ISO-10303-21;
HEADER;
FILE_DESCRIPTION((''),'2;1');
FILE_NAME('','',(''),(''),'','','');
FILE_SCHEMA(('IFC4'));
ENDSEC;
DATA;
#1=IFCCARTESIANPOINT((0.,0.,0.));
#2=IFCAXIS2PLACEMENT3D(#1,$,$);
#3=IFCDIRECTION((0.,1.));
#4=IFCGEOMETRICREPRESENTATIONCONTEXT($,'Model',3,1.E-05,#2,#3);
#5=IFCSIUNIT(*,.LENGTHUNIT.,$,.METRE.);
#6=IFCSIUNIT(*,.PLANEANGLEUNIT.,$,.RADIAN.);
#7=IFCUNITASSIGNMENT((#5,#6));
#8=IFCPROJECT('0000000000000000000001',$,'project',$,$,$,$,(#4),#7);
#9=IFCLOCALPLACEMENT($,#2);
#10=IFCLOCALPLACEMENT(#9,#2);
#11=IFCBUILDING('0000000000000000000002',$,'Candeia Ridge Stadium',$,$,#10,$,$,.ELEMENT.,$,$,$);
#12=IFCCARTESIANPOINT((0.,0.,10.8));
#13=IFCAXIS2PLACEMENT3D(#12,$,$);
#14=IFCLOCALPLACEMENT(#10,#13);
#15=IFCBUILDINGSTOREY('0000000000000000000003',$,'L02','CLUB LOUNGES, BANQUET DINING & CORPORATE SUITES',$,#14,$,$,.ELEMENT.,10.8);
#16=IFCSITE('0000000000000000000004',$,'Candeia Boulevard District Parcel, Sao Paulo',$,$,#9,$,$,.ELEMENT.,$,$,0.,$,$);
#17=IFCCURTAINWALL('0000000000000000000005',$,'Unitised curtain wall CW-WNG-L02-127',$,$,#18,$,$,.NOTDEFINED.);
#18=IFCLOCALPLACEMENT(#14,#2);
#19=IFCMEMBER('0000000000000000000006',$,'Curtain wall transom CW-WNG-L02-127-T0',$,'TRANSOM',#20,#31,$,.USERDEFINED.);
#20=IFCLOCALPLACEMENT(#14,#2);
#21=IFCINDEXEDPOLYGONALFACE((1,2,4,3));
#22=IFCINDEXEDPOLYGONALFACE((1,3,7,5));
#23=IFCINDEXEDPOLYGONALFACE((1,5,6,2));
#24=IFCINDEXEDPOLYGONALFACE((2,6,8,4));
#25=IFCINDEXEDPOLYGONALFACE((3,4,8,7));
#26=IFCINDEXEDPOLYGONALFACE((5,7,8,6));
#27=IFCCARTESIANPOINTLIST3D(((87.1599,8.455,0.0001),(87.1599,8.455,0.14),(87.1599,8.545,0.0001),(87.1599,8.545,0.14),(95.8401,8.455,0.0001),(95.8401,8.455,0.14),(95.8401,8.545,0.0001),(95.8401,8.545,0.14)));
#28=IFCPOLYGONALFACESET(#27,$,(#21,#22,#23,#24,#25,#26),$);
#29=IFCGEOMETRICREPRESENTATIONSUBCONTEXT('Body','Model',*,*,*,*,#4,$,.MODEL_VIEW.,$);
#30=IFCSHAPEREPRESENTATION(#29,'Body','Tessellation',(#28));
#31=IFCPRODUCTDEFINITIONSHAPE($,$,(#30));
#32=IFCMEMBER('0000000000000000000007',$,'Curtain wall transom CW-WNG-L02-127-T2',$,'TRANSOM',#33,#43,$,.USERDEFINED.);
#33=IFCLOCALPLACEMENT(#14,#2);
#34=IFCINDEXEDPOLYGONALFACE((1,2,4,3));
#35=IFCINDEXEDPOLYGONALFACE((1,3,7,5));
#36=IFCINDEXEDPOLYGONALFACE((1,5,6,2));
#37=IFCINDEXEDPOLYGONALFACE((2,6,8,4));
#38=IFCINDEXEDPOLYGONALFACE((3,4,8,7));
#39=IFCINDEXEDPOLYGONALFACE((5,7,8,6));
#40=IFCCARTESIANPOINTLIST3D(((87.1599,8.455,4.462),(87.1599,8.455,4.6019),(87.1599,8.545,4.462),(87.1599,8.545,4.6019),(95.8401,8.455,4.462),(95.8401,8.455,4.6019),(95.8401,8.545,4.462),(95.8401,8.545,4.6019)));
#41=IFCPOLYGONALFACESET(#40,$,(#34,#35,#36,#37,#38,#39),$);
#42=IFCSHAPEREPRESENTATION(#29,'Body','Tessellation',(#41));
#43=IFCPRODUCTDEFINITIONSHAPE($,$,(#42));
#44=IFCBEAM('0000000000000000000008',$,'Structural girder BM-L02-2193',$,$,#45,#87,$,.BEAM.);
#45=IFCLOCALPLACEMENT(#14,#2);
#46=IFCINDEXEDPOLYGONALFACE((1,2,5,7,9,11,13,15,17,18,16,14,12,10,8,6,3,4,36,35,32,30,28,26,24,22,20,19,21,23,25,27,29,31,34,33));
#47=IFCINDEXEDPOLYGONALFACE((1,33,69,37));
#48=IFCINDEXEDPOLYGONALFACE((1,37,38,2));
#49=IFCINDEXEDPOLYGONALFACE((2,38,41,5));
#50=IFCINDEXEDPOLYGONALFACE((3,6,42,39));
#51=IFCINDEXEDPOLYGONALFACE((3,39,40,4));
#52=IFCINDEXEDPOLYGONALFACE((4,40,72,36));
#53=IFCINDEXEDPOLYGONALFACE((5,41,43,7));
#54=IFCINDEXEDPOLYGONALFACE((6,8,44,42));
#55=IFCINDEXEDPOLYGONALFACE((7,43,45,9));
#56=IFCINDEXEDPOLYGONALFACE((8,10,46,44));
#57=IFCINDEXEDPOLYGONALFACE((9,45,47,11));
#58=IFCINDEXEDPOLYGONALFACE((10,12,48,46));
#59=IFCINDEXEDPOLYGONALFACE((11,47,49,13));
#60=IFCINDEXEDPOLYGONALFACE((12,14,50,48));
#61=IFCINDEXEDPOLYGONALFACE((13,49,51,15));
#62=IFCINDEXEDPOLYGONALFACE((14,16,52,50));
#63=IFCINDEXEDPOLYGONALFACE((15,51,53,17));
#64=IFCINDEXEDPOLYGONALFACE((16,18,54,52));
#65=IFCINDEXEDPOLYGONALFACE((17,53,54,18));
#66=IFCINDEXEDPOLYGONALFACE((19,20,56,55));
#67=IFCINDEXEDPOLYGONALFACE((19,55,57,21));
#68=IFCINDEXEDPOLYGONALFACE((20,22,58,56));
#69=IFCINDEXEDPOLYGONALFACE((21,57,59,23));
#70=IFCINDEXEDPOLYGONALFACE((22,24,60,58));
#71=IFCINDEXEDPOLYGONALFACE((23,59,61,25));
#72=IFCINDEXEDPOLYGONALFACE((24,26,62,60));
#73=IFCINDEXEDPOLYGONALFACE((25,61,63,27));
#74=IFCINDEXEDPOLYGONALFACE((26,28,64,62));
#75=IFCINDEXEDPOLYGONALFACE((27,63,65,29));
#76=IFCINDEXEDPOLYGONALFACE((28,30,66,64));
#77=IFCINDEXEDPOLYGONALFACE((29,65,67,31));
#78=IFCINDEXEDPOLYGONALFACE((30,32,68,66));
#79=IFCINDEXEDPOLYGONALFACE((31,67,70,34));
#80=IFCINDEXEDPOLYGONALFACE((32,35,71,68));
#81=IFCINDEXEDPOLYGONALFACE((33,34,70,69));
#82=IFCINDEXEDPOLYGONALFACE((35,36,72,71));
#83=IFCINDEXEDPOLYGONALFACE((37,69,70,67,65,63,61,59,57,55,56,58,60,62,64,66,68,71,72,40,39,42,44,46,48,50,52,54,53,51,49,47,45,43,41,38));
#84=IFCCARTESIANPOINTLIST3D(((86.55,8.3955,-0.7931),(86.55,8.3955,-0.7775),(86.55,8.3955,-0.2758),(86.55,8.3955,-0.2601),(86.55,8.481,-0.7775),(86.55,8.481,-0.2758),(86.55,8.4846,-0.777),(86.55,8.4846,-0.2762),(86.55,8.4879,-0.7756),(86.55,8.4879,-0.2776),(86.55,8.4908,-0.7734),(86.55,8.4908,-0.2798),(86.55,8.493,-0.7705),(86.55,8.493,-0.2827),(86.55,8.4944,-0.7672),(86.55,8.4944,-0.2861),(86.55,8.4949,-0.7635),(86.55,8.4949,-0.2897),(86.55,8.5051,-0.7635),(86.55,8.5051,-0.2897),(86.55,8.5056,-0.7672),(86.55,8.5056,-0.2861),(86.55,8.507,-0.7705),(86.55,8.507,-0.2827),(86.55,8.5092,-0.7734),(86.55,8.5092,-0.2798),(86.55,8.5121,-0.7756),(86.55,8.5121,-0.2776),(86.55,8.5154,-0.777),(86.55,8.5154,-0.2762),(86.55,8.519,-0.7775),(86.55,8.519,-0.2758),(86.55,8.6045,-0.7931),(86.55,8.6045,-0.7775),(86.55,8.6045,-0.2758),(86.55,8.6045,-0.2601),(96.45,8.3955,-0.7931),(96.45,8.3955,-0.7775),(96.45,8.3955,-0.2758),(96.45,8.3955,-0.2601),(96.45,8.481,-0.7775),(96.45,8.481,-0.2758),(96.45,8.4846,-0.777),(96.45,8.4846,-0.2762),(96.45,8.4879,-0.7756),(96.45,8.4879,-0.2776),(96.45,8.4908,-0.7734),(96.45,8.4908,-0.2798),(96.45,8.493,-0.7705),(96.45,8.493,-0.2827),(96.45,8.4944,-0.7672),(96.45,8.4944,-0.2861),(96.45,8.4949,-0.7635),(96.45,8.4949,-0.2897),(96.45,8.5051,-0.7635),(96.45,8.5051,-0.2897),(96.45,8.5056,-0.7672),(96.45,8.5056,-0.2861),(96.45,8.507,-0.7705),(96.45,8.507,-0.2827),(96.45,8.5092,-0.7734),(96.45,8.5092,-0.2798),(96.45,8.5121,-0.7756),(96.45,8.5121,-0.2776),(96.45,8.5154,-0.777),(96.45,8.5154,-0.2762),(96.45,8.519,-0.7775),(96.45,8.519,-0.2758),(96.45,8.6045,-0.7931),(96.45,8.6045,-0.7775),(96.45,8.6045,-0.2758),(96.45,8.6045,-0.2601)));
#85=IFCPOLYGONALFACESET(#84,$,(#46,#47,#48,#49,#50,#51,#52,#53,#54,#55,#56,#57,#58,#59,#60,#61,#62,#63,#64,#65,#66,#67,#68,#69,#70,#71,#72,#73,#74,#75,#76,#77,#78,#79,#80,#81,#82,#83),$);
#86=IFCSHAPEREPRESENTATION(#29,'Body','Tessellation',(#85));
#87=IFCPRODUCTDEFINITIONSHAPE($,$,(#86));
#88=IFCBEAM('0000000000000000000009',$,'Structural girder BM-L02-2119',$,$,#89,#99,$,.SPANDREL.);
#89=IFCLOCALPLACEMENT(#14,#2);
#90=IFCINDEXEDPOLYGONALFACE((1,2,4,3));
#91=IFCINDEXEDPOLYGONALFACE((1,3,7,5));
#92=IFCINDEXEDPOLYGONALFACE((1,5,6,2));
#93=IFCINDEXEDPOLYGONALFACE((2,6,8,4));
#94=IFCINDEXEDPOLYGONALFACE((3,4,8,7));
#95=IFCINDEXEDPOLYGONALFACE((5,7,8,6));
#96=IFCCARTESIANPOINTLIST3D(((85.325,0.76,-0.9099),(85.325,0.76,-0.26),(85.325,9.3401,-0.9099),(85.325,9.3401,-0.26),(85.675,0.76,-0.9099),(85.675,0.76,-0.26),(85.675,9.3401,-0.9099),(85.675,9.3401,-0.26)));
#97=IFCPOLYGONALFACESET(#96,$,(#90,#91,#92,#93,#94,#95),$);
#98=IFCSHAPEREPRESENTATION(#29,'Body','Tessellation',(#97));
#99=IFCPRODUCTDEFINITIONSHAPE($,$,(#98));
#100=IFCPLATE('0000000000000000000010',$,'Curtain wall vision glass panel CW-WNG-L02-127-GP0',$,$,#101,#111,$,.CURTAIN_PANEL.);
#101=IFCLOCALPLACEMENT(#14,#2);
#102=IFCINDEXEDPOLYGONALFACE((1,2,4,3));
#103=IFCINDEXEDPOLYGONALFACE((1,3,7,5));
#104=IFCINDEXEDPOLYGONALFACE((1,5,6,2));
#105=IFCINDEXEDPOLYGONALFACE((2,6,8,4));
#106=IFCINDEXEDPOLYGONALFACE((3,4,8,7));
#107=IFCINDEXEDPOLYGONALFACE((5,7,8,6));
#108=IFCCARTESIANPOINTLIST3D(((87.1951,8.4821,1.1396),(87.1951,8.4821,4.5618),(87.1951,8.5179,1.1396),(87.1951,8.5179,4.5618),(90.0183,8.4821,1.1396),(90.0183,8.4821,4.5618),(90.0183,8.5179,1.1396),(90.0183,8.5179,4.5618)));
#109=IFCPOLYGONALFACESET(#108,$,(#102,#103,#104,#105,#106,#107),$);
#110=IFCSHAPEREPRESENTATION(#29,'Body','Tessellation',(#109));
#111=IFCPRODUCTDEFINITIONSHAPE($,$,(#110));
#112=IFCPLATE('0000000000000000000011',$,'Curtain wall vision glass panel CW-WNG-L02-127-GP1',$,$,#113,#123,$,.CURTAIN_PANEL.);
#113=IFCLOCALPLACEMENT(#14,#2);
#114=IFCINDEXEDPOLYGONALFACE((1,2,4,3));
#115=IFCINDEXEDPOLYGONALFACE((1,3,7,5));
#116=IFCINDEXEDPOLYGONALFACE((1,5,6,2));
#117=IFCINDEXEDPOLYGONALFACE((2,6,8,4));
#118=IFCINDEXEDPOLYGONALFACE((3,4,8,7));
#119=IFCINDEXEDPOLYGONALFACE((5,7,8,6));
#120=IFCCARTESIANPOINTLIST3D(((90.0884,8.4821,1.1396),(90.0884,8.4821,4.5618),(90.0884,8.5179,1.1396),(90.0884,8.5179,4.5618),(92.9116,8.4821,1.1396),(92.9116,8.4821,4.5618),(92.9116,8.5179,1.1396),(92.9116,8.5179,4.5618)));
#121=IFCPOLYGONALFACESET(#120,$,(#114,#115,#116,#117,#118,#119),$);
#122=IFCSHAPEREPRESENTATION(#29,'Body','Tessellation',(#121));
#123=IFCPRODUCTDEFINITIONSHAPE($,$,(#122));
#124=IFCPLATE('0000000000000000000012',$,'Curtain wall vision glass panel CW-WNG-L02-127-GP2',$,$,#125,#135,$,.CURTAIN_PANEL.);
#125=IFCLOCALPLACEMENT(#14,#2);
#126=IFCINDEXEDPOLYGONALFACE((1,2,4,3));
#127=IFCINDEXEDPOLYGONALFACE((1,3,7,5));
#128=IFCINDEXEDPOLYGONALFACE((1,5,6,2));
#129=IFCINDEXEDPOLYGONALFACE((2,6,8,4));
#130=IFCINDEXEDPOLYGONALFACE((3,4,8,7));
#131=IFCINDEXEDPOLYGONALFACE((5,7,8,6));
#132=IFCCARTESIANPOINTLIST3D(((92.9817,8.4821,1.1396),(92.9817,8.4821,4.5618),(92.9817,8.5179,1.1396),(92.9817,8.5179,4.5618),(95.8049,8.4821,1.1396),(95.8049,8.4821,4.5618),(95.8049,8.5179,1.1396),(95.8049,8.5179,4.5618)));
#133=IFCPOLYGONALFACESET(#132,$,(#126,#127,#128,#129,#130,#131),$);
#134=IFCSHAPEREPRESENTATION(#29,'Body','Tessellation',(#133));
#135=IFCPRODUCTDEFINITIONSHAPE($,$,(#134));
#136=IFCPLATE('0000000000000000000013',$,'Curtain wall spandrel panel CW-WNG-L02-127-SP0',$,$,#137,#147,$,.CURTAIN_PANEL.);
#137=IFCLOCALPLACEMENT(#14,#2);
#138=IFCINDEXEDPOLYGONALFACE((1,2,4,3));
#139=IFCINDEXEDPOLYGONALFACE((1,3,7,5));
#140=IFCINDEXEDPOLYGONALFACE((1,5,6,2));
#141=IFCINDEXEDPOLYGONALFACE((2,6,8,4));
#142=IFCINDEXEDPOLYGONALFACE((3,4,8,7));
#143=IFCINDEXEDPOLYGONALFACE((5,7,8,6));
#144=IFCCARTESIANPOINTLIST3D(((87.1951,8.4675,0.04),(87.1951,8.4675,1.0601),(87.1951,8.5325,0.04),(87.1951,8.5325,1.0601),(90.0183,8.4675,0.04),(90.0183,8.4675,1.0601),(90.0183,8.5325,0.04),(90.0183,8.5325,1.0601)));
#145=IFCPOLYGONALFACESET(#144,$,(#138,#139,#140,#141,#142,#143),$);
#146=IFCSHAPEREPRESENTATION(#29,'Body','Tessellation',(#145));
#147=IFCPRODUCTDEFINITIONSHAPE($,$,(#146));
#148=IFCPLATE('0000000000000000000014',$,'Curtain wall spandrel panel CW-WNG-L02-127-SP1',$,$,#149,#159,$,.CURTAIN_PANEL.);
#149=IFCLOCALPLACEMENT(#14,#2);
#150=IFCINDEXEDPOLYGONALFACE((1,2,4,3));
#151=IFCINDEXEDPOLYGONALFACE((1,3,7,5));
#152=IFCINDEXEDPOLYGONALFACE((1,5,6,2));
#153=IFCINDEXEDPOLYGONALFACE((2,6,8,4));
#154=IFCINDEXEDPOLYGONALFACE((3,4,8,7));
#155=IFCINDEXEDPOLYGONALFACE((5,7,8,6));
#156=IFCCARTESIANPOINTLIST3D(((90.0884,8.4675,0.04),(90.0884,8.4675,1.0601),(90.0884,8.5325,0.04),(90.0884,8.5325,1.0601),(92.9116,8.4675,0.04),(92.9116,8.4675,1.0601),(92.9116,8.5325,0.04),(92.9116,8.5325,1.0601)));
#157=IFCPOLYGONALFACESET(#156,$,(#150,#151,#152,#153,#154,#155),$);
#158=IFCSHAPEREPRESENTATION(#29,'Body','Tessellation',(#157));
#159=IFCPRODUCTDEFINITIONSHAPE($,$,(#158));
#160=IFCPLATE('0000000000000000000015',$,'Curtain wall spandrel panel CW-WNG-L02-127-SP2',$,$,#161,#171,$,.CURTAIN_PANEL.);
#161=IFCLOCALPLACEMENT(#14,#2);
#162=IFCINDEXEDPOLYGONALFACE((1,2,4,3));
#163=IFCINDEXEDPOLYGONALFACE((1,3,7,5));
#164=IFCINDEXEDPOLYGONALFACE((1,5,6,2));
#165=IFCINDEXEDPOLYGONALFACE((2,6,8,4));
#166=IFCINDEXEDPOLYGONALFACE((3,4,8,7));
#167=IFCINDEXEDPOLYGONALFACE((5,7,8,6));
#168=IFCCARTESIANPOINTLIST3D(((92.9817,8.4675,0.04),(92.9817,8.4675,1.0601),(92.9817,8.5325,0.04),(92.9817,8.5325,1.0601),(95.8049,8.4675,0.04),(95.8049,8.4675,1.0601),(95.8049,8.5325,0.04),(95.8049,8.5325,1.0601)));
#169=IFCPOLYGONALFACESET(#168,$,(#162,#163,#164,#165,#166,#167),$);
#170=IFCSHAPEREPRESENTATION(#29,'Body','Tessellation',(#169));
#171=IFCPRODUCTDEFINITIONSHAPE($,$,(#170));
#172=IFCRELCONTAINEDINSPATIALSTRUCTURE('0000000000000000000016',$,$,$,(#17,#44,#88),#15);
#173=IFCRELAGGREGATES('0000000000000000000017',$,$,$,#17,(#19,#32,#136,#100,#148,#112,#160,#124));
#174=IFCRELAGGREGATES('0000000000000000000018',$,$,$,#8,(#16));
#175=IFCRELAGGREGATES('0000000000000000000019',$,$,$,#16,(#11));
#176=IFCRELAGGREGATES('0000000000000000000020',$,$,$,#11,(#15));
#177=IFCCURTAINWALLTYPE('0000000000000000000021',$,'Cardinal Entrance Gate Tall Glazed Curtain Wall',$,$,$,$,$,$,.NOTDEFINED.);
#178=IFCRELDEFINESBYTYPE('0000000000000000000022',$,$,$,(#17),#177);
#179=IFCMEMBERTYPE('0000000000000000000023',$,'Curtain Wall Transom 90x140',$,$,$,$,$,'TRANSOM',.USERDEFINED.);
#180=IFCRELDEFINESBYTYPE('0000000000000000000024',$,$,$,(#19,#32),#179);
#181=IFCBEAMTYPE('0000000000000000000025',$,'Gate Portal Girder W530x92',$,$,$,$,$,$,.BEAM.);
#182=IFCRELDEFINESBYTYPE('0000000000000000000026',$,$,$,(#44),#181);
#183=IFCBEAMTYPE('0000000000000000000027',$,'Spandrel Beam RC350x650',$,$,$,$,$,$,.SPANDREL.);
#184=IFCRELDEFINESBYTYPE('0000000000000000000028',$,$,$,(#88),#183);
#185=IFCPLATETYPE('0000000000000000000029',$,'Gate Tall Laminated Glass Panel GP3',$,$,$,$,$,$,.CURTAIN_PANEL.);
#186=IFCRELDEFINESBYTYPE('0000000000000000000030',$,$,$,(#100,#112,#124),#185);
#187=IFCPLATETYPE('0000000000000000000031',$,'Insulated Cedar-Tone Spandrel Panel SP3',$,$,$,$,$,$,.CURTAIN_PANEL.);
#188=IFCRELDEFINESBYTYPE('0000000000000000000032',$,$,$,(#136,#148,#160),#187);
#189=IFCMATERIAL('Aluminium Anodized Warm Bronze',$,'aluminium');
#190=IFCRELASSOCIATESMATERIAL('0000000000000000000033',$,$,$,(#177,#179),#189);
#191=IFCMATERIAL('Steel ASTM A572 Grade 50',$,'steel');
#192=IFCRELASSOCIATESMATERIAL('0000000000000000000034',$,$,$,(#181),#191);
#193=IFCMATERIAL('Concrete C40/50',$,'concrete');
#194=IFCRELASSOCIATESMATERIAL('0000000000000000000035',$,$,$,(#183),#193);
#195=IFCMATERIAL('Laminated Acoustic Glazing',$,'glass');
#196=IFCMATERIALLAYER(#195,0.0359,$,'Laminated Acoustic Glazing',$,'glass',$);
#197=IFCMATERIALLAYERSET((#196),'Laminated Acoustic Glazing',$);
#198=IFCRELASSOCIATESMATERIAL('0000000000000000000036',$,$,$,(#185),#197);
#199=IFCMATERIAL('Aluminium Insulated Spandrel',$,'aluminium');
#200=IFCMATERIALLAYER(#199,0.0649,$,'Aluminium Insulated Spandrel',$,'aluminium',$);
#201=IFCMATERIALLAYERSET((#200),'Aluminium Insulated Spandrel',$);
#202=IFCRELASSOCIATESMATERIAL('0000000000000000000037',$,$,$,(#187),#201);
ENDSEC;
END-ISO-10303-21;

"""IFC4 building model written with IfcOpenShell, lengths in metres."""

from ifc_helpers import new_model, si_unit, direction, frame, origin, origin_2d, place, context, subcontext, project, spatial, rectangle, i_section, extrude, material, layer, layer_set, material_profile, profile_set, type_object, element, aggregate, save


model = new_model("IFC4")

# Units and contexts
model_context = context("Model", 3, precision=1e-05, world=origin(), true_north=direction((0.0, 1.0)))
body_context = subcontext(model_context, "Body", "Model", "MODEL_VIEW")
ifc_project = project(units=[si_unit("LENGTHUNIT", "METRE"), si_unit("PLANEANGLEUNIT", "RADIAN")], contexts=[model_context])

# Site, building, storey
site_placement = place(None, origin())
site = spatial("IfcSite", under=ifc_project, at=site_placement, Name="Candeia Boulevard District Parcel, Sao Paulo", CompositionType="ELEMENT", RefElevation=0.0)
building_placement = place(site_placement, origin())
building = spatial("IfcBuilding", under=site, at=building_placement, Name="Candeia Ridge Stadium", CompositionType="ELEMENT")
storey_placement = place(building_placement, frame((0.0, 0.0, 10.8)))
storey = spatial("IfcBuildingStorey", under=building, at=storey_placement, Name="L02", Description="CLUB LOUNGES, BANQUET DINING & CORPORATE SUITES", CompositionType="ELEMENT", Elevation=10.8)

# Shared definitions
ifc_material_1 = material(Name="Steel ASTM A572 Grade 50", Category="steel")
ifc_material_2 = material(Name="Concrete C40/50", Category="concrete")

# Curtain wall, members
ifc_material_3 = material(Name="Aluminium Anodized Warm Bronze", Category="aluminium")
curtain_wall_type = type_object("IfcCurtainWallType", Name="Cardinal Entrance Gate Tall Glazed Curtain Wall", PredefinedType="NOTDEFINED", material=ifc_material_3)
curtain_wall_placement = place(storey_placement, origin())
curtain_wall = element("IfcCurtainWall", 1, at=curtain_wall_placement, inside=storey, type_object=curtain_wall_type, Name="Unitised curtain wall CW-WNG-L02-127", PredefinedType="NOTDEFINED")
ifc_material_profile_1 = material_profile(ifc_material_3, rectangle(XDim=0.0901, YDim=0.1399, at=origin_2d()), Name="CWT-90x140", Category="aluminium")
ifc_profile_set_1 = profile_set([ifc_material_profile_1], Name="Aluminium Anodized Warm Bronze")
member_type_1 = type_object("IfcMemberType", Name="Curtain Wall Transom 90x140", ElementType="TRANSOM", PredefinedType="USERDEFINED", material=ifc_profile_set_1)
member_1_placement = place(storey_placement, frame((87.1599, 8.5, 0.0701), z_axis=(1.0, 0.0, 0.0), x_axis=(0.0, 1.0, 0.0)))
member_1 = element("IfcMember", 2, at=member_1_placement, type_object=member_type_1, Name="Curtain wall transom CW-WNG-L02-127-T0", ObjectType="TRANSOM", PredefinedType="USERDEFINED", context=body_context, shape_type="SweptSolid", body=[
    extrude(rectangle(XDim=0.0901, YDim=0.1399, at=origin_2d()), origin(), (0.0, 0.0, 1.0), 8.6802),
])
member_2_placement = place(storey_placement, frame((87.1599, 8.5, 4.532), z_axis=(1.0, 0.0, 0.0), x_axis=(0.0, 1.0, 0.0)))
member_2 = element("IfcMember", 3, at=member_2_placement, type_object=member_type_1, Name="Curtain wall transom CW-WNG-L02-127-T2", ObjectType="TRANSOM", PredefinedType="USERDEFINED", context=body_context, shape_type="SweptSolid", body=[
    extrude(rectangle(XDim=0.0901, YDim=0.1399, at=origin_2d()), origin(), (0.0, 0.0, 1.0), 8.6802),
])

# Beams
ifc_material_profile_2 = material_profile(ifc_material_1, i_section(OverallWidth=0.209, OverallDepth=0.533, WebThickness=0.0103, FlangeThickness=0.0156, FilletRadius=0.0139, at=origin_2d()), Name="W530x92", Category="steel")
ifc_profile_set_2 = profile_set([ifc_material_profile_2], Name="Steel ASTM A572 Grade 50")
beam_type_1 = type_object("IfcBeamType", Name="Gate Portal Girder W530x92", PredefinedType="BEAM", material=ifc_profile_set_2)
beam_1_placement = place(storey_placement, frame((86.55, 8.5, -0.5266), z_axis=(1.0, 0.0, 0.0), x_axis=(0.0, 1.0, 0.0)))
element("IfcBeam", 4, at=beam_1_placement, inside=storey, type_object=beam_type_1, Name="Structural girder BM-L02-2193", PredefinedType="BEAM", context=body_context, shape_type="SweptSolid", body=[
    extrude(i_section(OverallWidth=0.209, OverallDepth=0.533, WebThickness=0.0103, FlangeThickness=0.0156, FilletRadius=0.0139, at=origin_2d()), origin(), (0.0, 0.0, 1.0), 9.8999),
])
ifc_material_profile_3 = material_profile(ifc_material_2, rectangle(XDim=0.3501, YDim=0.6499, at=origin_2d()), Name="RC350x650", Category="concrete")
ifc_profile_set_3 = profile_set([ifc_material_profile_3], Name="Concrete C40/50")
beam_type_2 = type_object("IfcBeamType", Name="Spandrel Beam RC350x650", PredefinedType="SPANDREL", material=ifc_profile_set_3)
beam_2_placement = place(storey_placement, frame((85.5, 0.76, -0.585), z_axis=(0.0, 1.0, 0.0), x_axis=(-1.0, 0.0, 0.0)))
element("IfcBeam", 5, at=beam_2_placement, inside=storey, type_object=beam_type_2, Name="Structural girder BM-L02-2119", PredefinedType="SPANDREL", context=body_context, shape_type="SweptSolid", body=[
    extrude(rectangle(XDim=0.3501, YDim=0.6499, at=origin_2d()), origin(), (0.0, 0.0, 1.0), 8.5801),
])

# Plates
ifc_material_4 = material(Name="Laminated Acoustic Glazing", Category="glass")
ifc_layer_1 = layer(ifc_material_4, 0.0359, Name="Laminated Acoustic Glazing", Category="glass")
ifc_layer_set_1 = layer_set([ifc_layer_1], Name="Laminated Acoustic Glazing")
plate_type_1 = type_object("IfcPlateType", Name="Gate Tall Laminated Glass Panel GP3", PredefinedType="CURTAIN_PANEL", material=ifc_layer_set_1)
plate_1_placement = place(storey_placement, frame((88.6067, 8.5, 1.1396), z_axis=(0.0, 0.0, 1.0), x_axis=(1.0, 0.0, 0.0)))
plate_1 = element("IfcPlate", 6, at=plate_1_placement, type_object=plate_type_1, Name="Curtain wall vision glass panel CW-WNG-L02-127-GP0", PredefinedType="CURTAIN_PANEL", context=body_context, shape_type="SweptSolid", body=[
    extrude(rectangle(XDim=2.8232, YDim=0.0359, at=origin_2d()), origin(), (0.0, 0.0, 1.0), 3.4221),
])
plate_2_placement = place(storey_placement, frame((91.5, 8.5, 1.1396), z_axis=(0.0, 0.0, 1.0), x_axis=(1.0, 0.0, 0.0)))
plate_2 = element("IfcPlate", 7, at=plate_2_placement, type_object=plate_type_1, Name="Curtain wall vision glass panel CW-WNG-L02-127-GP1", PredefinedType="CURTAIN_PANEL", context=body_context, shape_type="SweptSolid", body=[
    extrude(rectangle(XDim=2.8232, YDim=0.0359, at=origin_2d()), origin(), (0.0, 0.0, 1.0), 3.4221),
])
plate_3_placement = place(storey_placement, frame((94.3933, 8.5, 1.1396), z_axis=(0.0, 0.0, 1.0), x_axis=(1.0, 0.0, 0.0)))
plate_3 = element("IfcPlate", 8, at=plate_3_placement, type_object=plate_type_1, Name="Curtain wall vision glass panel CW-WNG-L02-127-GP2", PredefinedType="CURTAIN_PANEL", context=body_context, shape_type="SweptSolid", body=[
    extrude(rectangle(XDim=2.8232, YDim=0.0359, at=origin_2d()), origin(), (0.0, 0.0, 1.0), 3.4221),
])
ifc_material_5 = material(Name="Aluminium Insulated Spandrel", Category="aluminium")
ifc_layer_2 = layer(ifc_material_5, 0.0649, Name="Aluminium Insulated Spandrel", Category="aluminium")
ifc_layer_set_2 = layer_set([ifc_layer_2], Name="Aluminium Insulated Spandrel")
plate_type_2 = type_object("IfcPlateType", Name="Insulated Cedar-Tone Spandrel Panel SP3", PredefinedType="CURTAIN_PANEL", material=ifc_layer_set_2)
plate_4_placement = place(storey_placement, frame((88.6067, 8.5, 0.04), z_axis=(0.0, 0.0, 1.0), x_axis=(1.0, 0.0, 0.0)))
plate_4 = element("IfcPlate", 9, at=plate_4_placement, type_object=plate_type_2, Name="Curtain wall spandrel panel CW-WNG-L02-127-SP0", PredefinedType="CURTAIN_PANEL", context=body_context, shape_type="SweptSolid", body=[
    extrude(rectangle(XDim=2.8232, YDim=0.0649, at=origin_2d()), origin(), (0.0, 0.0, 1.0), 1.02),
])
plate_5_placement = place(storey_placement, frame((91.5, 8.5, 0.04), z_axis=(0.0, 0.0, 1.0), x_axis=(1.0, 0.0, 0.0)))
plate_5 = element("IfcPlate", 10, at=plate_5_placement, type_object=plate_type_2, Name="Curtain wall spandrel panel CW-WNG-L02-127-SP1", PredefinedType="CURTAIN_PANEL", context=body_context, shape_type="SweptSolid", body=[
    extrude(rectangle(XDim=2.8232, YDim=0.0649, at=origin_2d()), origin(), (0.0, 0.0, 1.0), 1.02),
])
plate_6_placement = place(storey_placement, frame((94.3933, 8.5, 0.04), z_axis=(0.0, 0.0, 1.0), x_axis=(1.0, 0.0, 0.0)))
plate_6 = element("IfcPlate", 11, at=plate_6_placement, type_object=plate_type_2, Name="Curtain wall spandrel panel CW-WNG-L02-127-SP2", PredefinedType="CURTAIN_PANEL", context=body_context, shape_type="SweptSolid", body=[
    extrude(rectangle(XDim=2.8232, YDim=0.0649, at=origin_2d()), origin(), (0.0, 0.0, 1.0), 1.02),
])
aggregate(curtain_wall, [member_1, member_2, plate_4, plate_1, plate_5, plate_2, plate_6, plate_3])

save(model, "model.ifc")
